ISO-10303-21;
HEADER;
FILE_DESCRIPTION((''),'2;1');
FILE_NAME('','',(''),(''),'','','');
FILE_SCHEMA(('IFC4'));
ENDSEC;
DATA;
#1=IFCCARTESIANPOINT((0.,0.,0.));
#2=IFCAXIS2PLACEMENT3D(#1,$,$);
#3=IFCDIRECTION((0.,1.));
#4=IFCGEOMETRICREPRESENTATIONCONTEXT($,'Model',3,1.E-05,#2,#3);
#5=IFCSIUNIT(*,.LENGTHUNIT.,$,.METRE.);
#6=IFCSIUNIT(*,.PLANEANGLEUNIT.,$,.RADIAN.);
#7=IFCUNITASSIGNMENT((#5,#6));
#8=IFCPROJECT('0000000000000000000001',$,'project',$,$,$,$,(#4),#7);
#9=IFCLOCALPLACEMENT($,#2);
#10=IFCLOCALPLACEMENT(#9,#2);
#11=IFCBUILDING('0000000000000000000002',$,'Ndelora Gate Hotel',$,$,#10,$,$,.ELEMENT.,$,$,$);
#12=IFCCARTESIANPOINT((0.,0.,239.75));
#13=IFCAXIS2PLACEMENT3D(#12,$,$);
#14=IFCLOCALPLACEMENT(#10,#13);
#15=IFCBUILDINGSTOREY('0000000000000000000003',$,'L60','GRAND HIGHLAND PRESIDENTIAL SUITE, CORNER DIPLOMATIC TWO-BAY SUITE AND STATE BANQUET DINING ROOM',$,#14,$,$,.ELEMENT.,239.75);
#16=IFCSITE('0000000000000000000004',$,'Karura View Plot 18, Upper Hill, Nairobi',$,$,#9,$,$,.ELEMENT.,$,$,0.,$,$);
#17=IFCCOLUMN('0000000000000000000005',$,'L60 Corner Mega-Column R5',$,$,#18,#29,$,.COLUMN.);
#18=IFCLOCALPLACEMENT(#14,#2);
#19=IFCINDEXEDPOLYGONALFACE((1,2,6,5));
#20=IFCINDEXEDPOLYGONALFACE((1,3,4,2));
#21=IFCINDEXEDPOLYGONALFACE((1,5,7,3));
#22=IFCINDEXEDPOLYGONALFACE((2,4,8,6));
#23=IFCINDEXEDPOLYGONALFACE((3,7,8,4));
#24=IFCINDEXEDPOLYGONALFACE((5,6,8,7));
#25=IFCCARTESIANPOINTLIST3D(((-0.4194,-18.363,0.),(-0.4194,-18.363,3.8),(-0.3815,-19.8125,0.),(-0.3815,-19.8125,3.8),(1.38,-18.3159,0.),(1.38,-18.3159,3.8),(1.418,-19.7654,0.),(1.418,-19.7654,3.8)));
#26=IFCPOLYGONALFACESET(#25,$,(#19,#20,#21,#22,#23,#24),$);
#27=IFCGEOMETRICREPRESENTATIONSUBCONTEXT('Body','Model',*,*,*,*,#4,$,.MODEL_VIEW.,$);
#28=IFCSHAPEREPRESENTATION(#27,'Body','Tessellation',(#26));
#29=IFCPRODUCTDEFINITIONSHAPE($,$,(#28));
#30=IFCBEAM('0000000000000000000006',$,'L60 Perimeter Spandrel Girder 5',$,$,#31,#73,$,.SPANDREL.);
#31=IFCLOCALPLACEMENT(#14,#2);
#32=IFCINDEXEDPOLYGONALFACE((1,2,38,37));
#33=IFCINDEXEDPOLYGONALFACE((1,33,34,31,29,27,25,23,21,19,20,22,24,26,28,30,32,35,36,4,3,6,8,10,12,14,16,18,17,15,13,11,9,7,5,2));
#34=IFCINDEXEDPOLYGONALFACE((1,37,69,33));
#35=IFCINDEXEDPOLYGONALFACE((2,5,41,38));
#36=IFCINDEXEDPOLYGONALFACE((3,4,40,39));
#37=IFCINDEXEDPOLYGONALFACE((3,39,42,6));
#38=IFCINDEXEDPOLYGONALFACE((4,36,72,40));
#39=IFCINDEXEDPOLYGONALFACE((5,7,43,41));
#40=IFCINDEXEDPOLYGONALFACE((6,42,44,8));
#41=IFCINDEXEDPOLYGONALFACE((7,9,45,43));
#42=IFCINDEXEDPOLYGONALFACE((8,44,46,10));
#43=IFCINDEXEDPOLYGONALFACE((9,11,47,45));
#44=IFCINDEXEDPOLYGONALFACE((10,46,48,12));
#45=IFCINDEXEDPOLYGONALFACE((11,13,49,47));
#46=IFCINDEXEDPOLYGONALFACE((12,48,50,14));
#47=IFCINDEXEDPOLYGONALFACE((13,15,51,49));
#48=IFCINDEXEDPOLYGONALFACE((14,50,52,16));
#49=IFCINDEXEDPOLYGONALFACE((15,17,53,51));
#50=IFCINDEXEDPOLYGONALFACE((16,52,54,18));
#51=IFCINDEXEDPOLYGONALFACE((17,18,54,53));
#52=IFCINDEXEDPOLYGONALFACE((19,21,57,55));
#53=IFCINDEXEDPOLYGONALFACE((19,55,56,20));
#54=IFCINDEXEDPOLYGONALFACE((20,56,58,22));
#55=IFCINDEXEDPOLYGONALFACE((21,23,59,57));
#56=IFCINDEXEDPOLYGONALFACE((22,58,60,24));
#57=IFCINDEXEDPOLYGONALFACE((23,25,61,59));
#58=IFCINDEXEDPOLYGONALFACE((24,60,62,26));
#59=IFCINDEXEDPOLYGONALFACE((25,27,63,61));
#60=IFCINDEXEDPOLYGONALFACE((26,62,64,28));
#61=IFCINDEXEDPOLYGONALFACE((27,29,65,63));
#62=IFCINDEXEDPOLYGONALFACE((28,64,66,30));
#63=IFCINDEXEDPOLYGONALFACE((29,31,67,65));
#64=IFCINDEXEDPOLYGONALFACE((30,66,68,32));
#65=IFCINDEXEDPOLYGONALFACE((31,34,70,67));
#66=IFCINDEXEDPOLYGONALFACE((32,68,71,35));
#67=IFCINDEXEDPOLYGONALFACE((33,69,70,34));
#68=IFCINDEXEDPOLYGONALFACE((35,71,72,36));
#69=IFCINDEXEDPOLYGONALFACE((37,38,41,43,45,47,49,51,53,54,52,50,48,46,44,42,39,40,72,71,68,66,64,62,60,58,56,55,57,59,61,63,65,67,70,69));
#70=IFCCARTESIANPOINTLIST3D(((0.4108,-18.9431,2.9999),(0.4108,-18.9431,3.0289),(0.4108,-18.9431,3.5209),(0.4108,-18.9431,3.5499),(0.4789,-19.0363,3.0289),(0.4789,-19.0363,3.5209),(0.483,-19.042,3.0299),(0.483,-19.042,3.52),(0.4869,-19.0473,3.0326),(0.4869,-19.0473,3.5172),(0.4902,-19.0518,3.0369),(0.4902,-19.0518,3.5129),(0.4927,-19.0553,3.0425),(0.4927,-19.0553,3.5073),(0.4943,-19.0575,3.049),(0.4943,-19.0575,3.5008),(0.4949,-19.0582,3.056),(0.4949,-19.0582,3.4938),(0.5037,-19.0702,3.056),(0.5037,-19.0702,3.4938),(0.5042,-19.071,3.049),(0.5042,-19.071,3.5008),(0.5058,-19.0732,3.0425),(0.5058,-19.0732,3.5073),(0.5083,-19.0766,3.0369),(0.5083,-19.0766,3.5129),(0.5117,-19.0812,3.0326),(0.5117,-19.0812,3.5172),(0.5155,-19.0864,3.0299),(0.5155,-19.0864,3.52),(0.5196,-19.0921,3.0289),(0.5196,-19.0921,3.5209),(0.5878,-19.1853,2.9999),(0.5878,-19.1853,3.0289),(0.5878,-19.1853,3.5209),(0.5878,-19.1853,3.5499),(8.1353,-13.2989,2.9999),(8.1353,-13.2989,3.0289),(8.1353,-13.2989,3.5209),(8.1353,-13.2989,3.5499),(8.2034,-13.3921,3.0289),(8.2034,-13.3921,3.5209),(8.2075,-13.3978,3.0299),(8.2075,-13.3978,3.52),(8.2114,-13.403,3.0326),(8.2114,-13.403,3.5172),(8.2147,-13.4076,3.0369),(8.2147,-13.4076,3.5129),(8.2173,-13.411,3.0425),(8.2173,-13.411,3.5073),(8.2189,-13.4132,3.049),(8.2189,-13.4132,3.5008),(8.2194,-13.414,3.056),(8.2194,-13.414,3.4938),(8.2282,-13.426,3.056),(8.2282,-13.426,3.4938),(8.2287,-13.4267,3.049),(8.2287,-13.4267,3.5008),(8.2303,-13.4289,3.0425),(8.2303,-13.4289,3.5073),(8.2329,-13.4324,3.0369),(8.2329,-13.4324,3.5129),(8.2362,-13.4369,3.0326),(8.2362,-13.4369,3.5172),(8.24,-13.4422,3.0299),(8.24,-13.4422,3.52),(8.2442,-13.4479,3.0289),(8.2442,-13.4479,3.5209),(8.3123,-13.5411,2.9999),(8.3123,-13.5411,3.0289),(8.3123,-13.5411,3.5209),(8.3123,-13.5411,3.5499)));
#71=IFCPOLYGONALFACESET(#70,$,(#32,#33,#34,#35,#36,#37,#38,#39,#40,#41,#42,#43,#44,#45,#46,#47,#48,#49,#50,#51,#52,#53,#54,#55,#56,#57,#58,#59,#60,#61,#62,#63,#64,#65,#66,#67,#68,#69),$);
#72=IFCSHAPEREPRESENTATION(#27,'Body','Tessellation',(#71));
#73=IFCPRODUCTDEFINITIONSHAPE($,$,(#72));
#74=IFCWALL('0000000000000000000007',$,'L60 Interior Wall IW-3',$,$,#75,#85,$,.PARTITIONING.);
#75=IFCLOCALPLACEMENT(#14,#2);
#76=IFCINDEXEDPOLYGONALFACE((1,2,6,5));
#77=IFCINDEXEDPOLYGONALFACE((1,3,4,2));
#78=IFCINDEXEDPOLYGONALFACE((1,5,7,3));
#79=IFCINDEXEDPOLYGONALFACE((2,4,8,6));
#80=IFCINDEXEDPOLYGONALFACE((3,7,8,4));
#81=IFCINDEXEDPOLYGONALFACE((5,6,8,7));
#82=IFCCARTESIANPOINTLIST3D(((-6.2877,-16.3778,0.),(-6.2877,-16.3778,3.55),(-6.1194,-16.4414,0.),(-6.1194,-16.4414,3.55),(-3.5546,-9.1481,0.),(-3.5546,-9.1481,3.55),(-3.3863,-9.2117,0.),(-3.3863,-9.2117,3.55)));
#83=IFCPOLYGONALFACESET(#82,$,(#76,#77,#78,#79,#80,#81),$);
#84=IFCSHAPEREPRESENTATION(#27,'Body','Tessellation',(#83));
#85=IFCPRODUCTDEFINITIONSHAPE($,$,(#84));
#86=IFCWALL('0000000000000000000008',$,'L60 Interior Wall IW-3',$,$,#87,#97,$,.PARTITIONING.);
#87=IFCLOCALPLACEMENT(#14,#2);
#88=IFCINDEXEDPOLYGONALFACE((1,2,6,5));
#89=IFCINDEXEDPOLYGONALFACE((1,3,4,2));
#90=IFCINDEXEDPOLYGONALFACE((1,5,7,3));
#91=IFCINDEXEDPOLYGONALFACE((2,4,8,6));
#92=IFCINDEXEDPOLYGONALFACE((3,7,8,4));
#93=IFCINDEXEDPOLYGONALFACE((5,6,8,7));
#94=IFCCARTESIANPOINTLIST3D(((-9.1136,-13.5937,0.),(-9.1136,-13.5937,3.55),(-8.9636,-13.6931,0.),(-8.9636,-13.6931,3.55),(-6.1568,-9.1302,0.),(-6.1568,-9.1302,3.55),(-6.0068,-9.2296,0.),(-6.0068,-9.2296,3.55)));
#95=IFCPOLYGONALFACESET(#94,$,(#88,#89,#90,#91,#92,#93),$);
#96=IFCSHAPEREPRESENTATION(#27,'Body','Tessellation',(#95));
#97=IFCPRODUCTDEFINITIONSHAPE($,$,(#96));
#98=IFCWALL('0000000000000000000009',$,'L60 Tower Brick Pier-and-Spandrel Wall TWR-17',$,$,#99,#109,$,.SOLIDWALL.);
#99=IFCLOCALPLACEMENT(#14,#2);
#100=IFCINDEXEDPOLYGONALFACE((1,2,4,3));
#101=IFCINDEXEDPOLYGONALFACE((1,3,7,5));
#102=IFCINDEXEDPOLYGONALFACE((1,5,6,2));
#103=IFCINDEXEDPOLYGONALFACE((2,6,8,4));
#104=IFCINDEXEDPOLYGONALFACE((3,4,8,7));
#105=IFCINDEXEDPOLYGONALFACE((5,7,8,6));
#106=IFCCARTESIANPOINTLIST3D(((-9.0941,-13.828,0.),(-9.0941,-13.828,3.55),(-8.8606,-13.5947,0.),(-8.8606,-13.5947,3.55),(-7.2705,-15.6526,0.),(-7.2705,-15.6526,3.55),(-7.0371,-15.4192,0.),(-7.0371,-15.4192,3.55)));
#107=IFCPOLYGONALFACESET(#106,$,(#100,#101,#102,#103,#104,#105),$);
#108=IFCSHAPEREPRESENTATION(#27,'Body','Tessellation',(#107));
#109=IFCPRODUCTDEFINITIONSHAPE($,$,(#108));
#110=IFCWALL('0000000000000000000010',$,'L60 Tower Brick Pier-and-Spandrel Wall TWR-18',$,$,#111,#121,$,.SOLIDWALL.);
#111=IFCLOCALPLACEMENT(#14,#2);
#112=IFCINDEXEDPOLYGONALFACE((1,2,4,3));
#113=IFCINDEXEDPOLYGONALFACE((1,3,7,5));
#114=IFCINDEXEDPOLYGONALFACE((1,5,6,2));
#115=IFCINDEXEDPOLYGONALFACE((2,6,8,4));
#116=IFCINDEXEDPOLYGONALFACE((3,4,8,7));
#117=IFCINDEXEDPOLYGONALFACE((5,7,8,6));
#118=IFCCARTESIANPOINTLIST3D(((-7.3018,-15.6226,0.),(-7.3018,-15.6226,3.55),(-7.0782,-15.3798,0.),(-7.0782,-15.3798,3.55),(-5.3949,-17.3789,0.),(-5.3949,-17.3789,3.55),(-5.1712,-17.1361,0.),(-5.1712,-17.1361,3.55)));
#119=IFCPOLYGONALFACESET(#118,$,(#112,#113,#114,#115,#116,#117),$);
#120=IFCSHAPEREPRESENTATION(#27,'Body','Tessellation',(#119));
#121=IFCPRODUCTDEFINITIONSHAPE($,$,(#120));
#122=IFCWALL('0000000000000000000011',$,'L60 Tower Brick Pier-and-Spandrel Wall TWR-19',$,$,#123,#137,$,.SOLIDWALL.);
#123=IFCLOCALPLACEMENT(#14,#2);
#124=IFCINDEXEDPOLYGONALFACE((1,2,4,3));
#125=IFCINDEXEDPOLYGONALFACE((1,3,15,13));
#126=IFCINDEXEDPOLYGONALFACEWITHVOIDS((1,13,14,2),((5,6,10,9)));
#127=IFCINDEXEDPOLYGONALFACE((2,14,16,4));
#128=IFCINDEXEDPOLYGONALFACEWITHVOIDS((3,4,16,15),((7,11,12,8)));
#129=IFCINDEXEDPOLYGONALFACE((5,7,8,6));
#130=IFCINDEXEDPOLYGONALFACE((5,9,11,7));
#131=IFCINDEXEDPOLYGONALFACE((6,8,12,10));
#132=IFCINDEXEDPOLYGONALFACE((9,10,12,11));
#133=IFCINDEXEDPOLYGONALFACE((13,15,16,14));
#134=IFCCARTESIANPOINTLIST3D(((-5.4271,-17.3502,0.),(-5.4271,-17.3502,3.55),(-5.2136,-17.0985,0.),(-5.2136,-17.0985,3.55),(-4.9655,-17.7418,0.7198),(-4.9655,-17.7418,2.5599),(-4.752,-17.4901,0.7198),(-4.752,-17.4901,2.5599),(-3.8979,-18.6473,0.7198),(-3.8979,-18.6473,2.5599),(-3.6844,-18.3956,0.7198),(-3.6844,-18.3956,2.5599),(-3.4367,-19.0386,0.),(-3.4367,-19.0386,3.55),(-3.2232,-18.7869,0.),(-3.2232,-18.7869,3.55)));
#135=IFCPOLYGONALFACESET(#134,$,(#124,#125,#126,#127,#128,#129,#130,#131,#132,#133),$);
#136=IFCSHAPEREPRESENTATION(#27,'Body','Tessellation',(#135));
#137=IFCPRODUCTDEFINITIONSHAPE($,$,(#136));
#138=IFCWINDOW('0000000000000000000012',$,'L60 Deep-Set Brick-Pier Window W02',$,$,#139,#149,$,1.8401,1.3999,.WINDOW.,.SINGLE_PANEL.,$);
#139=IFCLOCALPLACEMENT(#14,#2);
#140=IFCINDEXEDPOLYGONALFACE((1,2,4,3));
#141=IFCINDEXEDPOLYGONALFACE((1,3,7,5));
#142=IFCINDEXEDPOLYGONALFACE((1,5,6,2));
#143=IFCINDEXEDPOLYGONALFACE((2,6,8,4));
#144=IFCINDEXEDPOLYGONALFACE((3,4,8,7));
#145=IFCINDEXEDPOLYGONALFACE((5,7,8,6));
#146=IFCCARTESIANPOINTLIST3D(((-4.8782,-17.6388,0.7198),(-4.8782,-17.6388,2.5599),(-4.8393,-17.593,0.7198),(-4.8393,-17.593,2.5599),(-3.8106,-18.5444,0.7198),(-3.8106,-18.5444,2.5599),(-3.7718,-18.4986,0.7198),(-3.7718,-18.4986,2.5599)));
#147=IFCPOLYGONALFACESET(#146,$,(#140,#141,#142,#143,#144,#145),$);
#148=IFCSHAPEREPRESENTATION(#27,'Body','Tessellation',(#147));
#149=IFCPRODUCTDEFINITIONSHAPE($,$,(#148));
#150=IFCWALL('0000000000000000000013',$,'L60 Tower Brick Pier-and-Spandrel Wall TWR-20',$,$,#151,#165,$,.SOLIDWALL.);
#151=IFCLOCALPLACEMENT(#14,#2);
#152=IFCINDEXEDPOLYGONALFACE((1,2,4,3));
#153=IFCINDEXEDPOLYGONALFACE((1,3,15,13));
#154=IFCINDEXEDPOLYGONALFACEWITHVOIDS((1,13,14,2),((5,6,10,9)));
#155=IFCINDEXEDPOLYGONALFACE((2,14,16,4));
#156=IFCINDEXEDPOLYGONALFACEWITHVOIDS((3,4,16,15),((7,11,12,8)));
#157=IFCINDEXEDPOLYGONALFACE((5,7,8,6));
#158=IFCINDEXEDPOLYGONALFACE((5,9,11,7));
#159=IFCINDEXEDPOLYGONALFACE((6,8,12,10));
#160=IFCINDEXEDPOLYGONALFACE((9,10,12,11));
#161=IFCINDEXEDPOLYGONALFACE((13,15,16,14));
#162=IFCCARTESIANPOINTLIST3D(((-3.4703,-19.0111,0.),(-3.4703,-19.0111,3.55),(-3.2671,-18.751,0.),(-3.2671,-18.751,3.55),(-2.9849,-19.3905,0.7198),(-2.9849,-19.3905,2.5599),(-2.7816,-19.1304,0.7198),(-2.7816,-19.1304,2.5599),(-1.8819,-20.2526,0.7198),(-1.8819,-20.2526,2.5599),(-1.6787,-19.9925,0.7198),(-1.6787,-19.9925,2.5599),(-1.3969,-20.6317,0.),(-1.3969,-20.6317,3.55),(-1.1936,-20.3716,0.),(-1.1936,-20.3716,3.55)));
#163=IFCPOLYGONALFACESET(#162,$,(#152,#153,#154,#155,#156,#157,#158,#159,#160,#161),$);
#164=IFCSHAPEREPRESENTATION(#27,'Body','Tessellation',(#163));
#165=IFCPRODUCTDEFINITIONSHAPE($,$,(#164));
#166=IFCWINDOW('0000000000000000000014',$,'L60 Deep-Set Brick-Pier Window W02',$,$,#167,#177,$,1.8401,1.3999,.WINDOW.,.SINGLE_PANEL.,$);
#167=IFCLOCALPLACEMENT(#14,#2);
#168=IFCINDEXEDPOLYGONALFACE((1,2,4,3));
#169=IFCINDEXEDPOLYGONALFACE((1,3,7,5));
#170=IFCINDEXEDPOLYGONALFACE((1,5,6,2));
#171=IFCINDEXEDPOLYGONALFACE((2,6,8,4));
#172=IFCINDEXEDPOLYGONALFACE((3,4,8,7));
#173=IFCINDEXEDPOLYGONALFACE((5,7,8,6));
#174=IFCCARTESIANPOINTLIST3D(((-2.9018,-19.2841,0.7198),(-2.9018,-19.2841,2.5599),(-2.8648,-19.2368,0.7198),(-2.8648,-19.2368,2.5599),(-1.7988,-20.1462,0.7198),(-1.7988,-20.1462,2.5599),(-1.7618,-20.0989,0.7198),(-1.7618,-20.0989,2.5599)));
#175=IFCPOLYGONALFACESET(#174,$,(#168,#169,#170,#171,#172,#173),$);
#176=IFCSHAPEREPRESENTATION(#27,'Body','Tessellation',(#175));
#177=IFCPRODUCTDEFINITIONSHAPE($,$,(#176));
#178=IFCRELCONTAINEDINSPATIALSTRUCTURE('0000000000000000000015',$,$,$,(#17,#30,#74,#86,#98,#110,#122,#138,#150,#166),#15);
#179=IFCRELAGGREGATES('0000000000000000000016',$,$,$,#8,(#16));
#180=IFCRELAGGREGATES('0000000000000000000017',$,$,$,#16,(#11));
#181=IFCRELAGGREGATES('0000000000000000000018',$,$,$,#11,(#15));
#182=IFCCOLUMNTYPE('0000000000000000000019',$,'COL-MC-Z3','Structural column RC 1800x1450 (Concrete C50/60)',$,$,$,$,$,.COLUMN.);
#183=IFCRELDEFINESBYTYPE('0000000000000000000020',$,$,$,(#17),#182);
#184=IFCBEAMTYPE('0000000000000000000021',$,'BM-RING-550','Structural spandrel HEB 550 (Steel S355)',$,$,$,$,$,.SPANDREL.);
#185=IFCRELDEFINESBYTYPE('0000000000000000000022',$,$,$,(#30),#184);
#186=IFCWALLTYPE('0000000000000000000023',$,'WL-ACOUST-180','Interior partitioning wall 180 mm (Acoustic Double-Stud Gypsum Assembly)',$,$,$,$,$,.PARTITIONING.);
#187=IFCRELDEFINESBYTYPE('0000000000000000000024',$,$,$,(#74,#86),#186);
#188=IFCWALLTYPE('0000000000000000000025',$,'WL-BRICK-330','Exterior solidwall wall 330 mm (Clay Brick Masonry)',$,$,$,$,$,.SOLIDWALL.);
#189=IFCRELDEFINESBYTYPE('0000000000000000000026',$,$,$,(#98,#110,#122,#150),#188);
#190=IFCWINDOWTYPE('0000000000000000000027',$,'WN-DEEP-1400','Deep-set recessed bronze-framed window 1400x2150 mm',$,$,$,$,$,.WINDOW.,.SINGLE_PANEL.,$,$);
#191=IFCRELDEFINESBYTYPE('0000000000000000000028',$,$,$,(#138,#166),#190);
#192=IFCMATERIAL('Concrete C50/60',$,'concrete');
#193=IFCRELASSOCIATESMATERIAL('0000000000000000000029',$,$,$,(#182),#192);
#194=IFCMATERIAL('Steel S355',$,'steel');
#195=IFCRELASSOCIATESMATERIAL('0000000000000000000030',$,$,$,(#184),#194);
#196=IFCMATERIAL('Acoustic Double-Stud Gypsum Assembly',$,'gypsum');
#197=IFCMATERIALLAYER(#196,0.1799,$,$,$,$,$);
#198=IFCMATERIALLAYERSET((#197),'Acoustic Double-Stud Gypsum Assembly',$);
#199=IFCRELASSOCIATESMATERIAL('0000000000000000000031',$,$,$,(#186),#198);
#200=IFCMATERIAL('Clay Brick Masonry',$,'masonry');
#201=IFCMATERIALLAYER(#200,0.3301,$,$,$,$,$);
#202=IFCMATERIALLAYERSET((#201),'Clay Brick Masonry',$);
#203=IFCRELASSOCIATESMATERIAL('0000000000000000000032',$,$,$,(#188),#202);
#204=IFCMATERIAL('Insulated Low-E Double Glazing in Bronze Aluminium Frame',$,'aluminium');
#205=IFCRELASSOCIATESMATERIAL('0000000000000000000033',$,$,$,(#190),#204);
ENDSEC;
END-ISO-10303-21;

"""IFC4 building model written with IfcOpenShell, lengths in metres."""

from ifc_helpers import new_model, si_unit, direction, frame, frame_2d, origin, origin_2d, place, context, subcontext, project, spatial, rectangle, i_section, extrude, material, layer, layer_set, material_profile, profile_set, type_object, element, fill, save


model = new_model("IFC4")

# Units and contexts
model_context = context("Model", 3, precision=1e-05, world=origin(), true_north=direction((0.0, 1.0)))
body_context = subcontext(model_context, "Body", "Model", "MODEL_VIEW")
ifc_project = project(units=[si_unit("LENGTHUNIT", "METRE"), si_unit("PLANEANGLEUNIT", "RADIAN")], contexts=[model_context])

# Site, building, storey
site_placement = place(None, origin())
site = spatial("IfcSite", under=ifc_project, at=site_placement, Name="Karura View Plot 18, Upper Hill, Nairobi", CompositionType="ELEMENT", RefElevation=0.0)
building_placement = place(site_placement, origin())
building = spatial("IfcBuilding", under=site, at=building_placement, Name="Ndelora Gate Hotel", CompositionType="ELEMENT")
storey_placement = place(building_placement, frame((0.0, 0.0, 239.75)))
storey = spatial("IfcBuildingStorey", under=building, at=storey_placement, Name="L60", Description="GRAND HIGHLAND PRESIDENTIAL SUITE, CORNER DIPLOMATIC TWO-BAY SUITE AND STATE BANQUET DINING ROOM", CompositionType="ELEMENT", Elevation=239.75)

# Column
ifc_material_1 = material(Name="Concrete C50/60", Category="concrete")
ifc_material_profile_1 = material_profile(ifc_material_1, rectangle(XDim=1.45, YDim=1.8, at=origin_2d()), Name="RC 1800x1450")
ifc_profile_set_1 = profile_set([ifc_material_profile_1], Name="Concrete C50/60")
column_type = type_object("IfcColumnType", Name="COL-MC-Z3", Description="Structural column RC 1800x1450 (Concrete C50/60)", PredefinedType="COLUMN", material=ifc_profile_set_1)
column_placement = place(storey_placement, frame((0.4993, -19.0642, 0.0), z_axis=(0.0, 0.0, 1.0), x_axis=(-0.026177, 0.999657, 0.0)))
element("IfcColumn", 1, at=column_placement, inside=storey, type_object=column_type, Name="L60 Corner Mega-Column R5", PredefinedType="COLUMN", context=body_context, shape_type="SweptSolid", body=[
    extrude(rectangle(XDim=1.45, YDim=1.8, at=origin_2d()), origin(), (0.0, 0.0, 1.0), 3.8),
])

# Beam
ifc_material_2 = material(Name="Steel S355", Category="steel")
ifc_material_profile_2 = material_profile(ifc_material_2, i_section(OverallWidth=0.3, OverallDepth=0.55, WebThickness=0.0149, FlangeThickness=0.0291, FilletRadius=0.0271, at=origin_2d()), Name="HEB 550")
ifc_profile_set_2 = profile_set([ifc_material_profile_2], Name="Steel S355")
beam_type = type_object("IfcBeamType", Name="BM-RING-550", Description="Structural spandrel HEB 550 (Steel S355)", PredefinedType="SPANDREL", material=ifc_profile_set_2)
beam_placement = place(storey_placement, frame((0.4993, -19.0642, 3.2749), z_axis=(0.807422, 0.589974, 0.0), x_axis=(-0.589974, 0.807422, 0.0)))
element("IfcBeam", 2, at=beam_placement, inside=storey, type_object=beam_type, Name="L60 Perimeter Spandrel Girder 5", PredefinedType="SPANDREL", context=body_context, shape_type="SweptSolid", body=[
    extrude(i_section(OverallWidth=0.3, OverallDepth=0.55, WebThickness=0.0149, FlangeThickness=0.0291, FilletRadius=0.0271, at=origin_2d()), origin(), (0.0, 0.0, 1.0), 9.5669),
])

# Walls
ifc_material_3 = material(Name="Acoustic Double-Stud Gypsum Assembly", Category="gypsum")
ifc_layer_1 = layer(ifc_material_3, 0.1799)
ifc_layer_set_1 = layer_set([ifc_layer_1], Name="Acoustic Double-Stud Gypsum Assembly")
wall_type_1 = type_object("IfcWallType", Name="WL-ACOUST-180", Description="Interior partitioning wall 180 mm (Acoustic Double-Stud Gypsum Assembly)", PredefinedType="PARTITIONING", material=ifc_layer_set_1)
wall_1_placement = place(storey_placement, frame((-3.4705, -9.1799, 0.0), z_axis=(0.0, 0.0, 1.0), x_axis=(-0.353618, -0.93539, 0.0)))
element("IfcWall", 3, at=wall_1_placement, inside=storey, type_object=wall_type_1, Name="L60 Interior Wall IW-3", PredefinedType="PARTITIONING", context=body_context, shape_type="SweptSolid", body=[
    extrude(rectangle(XDim=7.729, YDim=0.1799, at=frame_2d((3.8645, 0.0))), origin(), (0.0, 0.0, 1.0), 3.55),
])
wall_2_placement = place(storey_placement, frame((-6.0818, -9.1799, 0.0), z_axis=(0.0, 0.0, 1.0), x_axis=(-0.552267, -0.833667, 0.0)))
element("IfcWall", 4, at=wall_2_placement, inside=storey, type_object=wall_type_1, Name="L60 Interior Wall IW-3", PredefinedType="PARTITIONING", context=body_context, shape_type="SweptSolid", body=[
    extrude(rectangle(XDim=5.354, YDim=0.1799, at=frame_2d((2.677, 0.0))), origin(), (0.0, 0.0, 1.0), 3.55),
])
ifc_material_4 = material(Name="Clay Brick Masonry", Category="masonry")
ifc_layer_2 = layer(ifc_material_4, 0.3301)
ifc_layer_set_2 = layer_set([ifc_layer_2], Name="Clay Brick Masonry")
wall_type_2 = type_object("IfcWallType", Name="WL-BRICK-330", Description="Exterior solidwall wall 330 mm (Clay Brick Masonry)", PredefinedType="SOLIDWALL", material=ifc_layer_set_2)
wall_3_placement = place(storey_placement, frame((-7.1538, -15.5359, 0.0), z_axis=(0.0, 0.0, 1.0), x_axis=(-0.706917, 0.707296, 0.0)))
element("IfcWall", 5, at=wall_3_placement, inside=storey, type_object=wall_type_2, Name="L60 Tower Brick Pier-and-Spandrel Wall TWR-17", PredefinedType="SOLIDWALL", context=body_context, shape_type="SweptSolid", body=[
    extrude(rectangle(XDim=2.5796, YDim=0.3301, at=frame_2d((1.2898, 0.0))), origin(), (0.0, 0.0, 1.0), 3.55),
])
wall_4_placement = place(storey_placement, frame((-5.283, -17.2576, 0.0), z_axis=(0.0, 0.0, 1.0), x_axis=(-0.735561, 0.677458, 0.0)))
element("IfcWall", 6, at=wall_4_placement, inside=storey, type_object=wall_type_2, Name="L60 Tower Brick Pier-and-Spandrel Wall TWR-18", PredefinedType="SOLIDWALL", context=body_context, shape_type="SweptSolid", body=[
    extrude(rectangle(XDim=2.5925, YDim=0.3301, at=frame_2d((1.2964, 0.0))), origin(), (0.0, 0.0, 1.0), 3.55),
])

# Walls, openings, windows
wall_5_placement = place(storey_placement, frame((-3.3298, -18.9128, 0.0), z_axis=(0.0, 0.0, 1.0), x_axis=(-0.762587, 0.646885, 0.0)))
wall_5 = element("IfcWall", 7, at=wall_5_placement, inside=storey, type_object=wall_type_2, Name="L60 Tower Brick Pier-and-Spandrel Wall TWR-19", PredefinedType="SOLIDWALL", context=body_context, shape_type="SweptSolid", body=[
    extrude(rectangle(XDim=2.6101, YDim=0.3301, at=frame_2d((1.3052, 0.0))), origin(), (0.0, 0.0, 1.0), 3.55),
])
opening_1_placement = place(wall_5_placement, frame((0.605, 0.0, 0.72)))
opening_1 = element("IfcOpeningElement", 8, at=opening_1_placement, cuts=wall_5, PredefinedType="OPENING", context=body_context, shape_type="SweptSolid", body=[
    extrude(rectangle(XDim=1.3999, YDim=1.8401, at=frame_2d((0.7, 0.9199))), frame((0.0, 0.175, 0.0), z_axis=(0.0, -1.0, 0.0), x_axis=(1.0, 0.0, 0.0)), (0.0, 0.0, 1.0), 0.3501),
])
ifc_material_5 = material(Name="Insulated Low-E Double Glazing in Bronze Aluminium Frame", Category="aluminium")
window_type = type_object("IfcWindowType", Name="WN-DEEP-1400", Description="Deep-set recessed bronze-framed window 1400x2150 mm", PartitioningType="SINGLE_PANEL", PredefinedType="WINDOW", material=ifc_material_5)
window_1_placement = place(opening_1_placement, origin())
window_1 = element("IfcWindow", 9, at=window_1_placement, inside=storey, type_object=window_type, Name="L60 Deep-Set Brick-Pier Window W02", OverallHeight=1.8401, OverallWidth=1.3999, PartitioningType="SINGLE_PANEL", PredefinedType="WINDOW", context=body_context, shape_type="SweptSolid", body=[
    extrude(rectangle(XDim=1.3999, YDim=1.8401, at=frame_2d((0.7, 0.9199))), frame((0.0, 0.03, 0.0), z_axis=(0.0, -1.0, 0.0), x_axis=(1.0, 0.0, 0.0)), (0.0, 0.0, 1.0), 0.0601),
])
fill(opening_1, window_1)
wall_6_placement = place(storey_placement, frame((-1.2952, -20.5017, 0.0), z_axis=(0.0, 0.0, 1.0), x_axis=(-0.787896, 0.615808, 0.0)))
wall_6 = element("IfcWall", 10, at=wall_6_placement, inside=storey, type_object=wall_type_2, Name="L60 Tower Brick Pier-and-Spandrel Wall TWR-20", PredefinedType="SOLIDWALL", context=body_context, shape_type="SweptSolid", body=[
    extrude(rectangle(XDim=2.6316, YDim=0.3301, at=frame_2d((1.3159, 0.0))), origin(), (0.0, 0.0, 1.0), 3.55),
])
opening_2_placement = place(wall_6_placement, frame((0.6157, 0.0, 0.72)))
opening_2 = element("IfcOpeningElement", 11, at=opening_2_placement, cuts=wall_6, PredefinedType="OPENING", context=body_context, shape_type="SweptSolid", body=[
    extrude(rectangle(XDim=1.3999, YDim=1.8401, at=frame_2d((0.7, 0.9199))), frame((0.0, 0.175, 0.0), z_axis=(0.0, -1.0, 0.0), x_axis=(1.0, 0.0, 0.0)), (0.0, 0.0, 1.0), 0.3501),
])
window_2_placement = place(opening_2_placement, origin())
window_2 = element("IfcWindow", 12, at=window_2_placement, inside=storey, type_object=window_type, Name="L60 Deep-Set Brick-Pier Window W02", OverallHeight=1.8401, OverallWidth=1.3999, PartitioningType="SINGLE_PANEL", PredefinedType="WINDOW", context=body_context, shape_type="SweptSolid", body=[
    extrude(rectangle(XDim=1.3999, YDim=1.8401, at=frame_2d((0.7, 0.9199))), frame((0.0, 0.03, 0.0), z_axis=(0.0, -1.0, 0.0), x_axis=(1.0, 0.0, 0.0)), (0.0, 0.0, 1.0), 0.0601),
])
fill(opening_2, window_2)

save(model, "model.ifc")
